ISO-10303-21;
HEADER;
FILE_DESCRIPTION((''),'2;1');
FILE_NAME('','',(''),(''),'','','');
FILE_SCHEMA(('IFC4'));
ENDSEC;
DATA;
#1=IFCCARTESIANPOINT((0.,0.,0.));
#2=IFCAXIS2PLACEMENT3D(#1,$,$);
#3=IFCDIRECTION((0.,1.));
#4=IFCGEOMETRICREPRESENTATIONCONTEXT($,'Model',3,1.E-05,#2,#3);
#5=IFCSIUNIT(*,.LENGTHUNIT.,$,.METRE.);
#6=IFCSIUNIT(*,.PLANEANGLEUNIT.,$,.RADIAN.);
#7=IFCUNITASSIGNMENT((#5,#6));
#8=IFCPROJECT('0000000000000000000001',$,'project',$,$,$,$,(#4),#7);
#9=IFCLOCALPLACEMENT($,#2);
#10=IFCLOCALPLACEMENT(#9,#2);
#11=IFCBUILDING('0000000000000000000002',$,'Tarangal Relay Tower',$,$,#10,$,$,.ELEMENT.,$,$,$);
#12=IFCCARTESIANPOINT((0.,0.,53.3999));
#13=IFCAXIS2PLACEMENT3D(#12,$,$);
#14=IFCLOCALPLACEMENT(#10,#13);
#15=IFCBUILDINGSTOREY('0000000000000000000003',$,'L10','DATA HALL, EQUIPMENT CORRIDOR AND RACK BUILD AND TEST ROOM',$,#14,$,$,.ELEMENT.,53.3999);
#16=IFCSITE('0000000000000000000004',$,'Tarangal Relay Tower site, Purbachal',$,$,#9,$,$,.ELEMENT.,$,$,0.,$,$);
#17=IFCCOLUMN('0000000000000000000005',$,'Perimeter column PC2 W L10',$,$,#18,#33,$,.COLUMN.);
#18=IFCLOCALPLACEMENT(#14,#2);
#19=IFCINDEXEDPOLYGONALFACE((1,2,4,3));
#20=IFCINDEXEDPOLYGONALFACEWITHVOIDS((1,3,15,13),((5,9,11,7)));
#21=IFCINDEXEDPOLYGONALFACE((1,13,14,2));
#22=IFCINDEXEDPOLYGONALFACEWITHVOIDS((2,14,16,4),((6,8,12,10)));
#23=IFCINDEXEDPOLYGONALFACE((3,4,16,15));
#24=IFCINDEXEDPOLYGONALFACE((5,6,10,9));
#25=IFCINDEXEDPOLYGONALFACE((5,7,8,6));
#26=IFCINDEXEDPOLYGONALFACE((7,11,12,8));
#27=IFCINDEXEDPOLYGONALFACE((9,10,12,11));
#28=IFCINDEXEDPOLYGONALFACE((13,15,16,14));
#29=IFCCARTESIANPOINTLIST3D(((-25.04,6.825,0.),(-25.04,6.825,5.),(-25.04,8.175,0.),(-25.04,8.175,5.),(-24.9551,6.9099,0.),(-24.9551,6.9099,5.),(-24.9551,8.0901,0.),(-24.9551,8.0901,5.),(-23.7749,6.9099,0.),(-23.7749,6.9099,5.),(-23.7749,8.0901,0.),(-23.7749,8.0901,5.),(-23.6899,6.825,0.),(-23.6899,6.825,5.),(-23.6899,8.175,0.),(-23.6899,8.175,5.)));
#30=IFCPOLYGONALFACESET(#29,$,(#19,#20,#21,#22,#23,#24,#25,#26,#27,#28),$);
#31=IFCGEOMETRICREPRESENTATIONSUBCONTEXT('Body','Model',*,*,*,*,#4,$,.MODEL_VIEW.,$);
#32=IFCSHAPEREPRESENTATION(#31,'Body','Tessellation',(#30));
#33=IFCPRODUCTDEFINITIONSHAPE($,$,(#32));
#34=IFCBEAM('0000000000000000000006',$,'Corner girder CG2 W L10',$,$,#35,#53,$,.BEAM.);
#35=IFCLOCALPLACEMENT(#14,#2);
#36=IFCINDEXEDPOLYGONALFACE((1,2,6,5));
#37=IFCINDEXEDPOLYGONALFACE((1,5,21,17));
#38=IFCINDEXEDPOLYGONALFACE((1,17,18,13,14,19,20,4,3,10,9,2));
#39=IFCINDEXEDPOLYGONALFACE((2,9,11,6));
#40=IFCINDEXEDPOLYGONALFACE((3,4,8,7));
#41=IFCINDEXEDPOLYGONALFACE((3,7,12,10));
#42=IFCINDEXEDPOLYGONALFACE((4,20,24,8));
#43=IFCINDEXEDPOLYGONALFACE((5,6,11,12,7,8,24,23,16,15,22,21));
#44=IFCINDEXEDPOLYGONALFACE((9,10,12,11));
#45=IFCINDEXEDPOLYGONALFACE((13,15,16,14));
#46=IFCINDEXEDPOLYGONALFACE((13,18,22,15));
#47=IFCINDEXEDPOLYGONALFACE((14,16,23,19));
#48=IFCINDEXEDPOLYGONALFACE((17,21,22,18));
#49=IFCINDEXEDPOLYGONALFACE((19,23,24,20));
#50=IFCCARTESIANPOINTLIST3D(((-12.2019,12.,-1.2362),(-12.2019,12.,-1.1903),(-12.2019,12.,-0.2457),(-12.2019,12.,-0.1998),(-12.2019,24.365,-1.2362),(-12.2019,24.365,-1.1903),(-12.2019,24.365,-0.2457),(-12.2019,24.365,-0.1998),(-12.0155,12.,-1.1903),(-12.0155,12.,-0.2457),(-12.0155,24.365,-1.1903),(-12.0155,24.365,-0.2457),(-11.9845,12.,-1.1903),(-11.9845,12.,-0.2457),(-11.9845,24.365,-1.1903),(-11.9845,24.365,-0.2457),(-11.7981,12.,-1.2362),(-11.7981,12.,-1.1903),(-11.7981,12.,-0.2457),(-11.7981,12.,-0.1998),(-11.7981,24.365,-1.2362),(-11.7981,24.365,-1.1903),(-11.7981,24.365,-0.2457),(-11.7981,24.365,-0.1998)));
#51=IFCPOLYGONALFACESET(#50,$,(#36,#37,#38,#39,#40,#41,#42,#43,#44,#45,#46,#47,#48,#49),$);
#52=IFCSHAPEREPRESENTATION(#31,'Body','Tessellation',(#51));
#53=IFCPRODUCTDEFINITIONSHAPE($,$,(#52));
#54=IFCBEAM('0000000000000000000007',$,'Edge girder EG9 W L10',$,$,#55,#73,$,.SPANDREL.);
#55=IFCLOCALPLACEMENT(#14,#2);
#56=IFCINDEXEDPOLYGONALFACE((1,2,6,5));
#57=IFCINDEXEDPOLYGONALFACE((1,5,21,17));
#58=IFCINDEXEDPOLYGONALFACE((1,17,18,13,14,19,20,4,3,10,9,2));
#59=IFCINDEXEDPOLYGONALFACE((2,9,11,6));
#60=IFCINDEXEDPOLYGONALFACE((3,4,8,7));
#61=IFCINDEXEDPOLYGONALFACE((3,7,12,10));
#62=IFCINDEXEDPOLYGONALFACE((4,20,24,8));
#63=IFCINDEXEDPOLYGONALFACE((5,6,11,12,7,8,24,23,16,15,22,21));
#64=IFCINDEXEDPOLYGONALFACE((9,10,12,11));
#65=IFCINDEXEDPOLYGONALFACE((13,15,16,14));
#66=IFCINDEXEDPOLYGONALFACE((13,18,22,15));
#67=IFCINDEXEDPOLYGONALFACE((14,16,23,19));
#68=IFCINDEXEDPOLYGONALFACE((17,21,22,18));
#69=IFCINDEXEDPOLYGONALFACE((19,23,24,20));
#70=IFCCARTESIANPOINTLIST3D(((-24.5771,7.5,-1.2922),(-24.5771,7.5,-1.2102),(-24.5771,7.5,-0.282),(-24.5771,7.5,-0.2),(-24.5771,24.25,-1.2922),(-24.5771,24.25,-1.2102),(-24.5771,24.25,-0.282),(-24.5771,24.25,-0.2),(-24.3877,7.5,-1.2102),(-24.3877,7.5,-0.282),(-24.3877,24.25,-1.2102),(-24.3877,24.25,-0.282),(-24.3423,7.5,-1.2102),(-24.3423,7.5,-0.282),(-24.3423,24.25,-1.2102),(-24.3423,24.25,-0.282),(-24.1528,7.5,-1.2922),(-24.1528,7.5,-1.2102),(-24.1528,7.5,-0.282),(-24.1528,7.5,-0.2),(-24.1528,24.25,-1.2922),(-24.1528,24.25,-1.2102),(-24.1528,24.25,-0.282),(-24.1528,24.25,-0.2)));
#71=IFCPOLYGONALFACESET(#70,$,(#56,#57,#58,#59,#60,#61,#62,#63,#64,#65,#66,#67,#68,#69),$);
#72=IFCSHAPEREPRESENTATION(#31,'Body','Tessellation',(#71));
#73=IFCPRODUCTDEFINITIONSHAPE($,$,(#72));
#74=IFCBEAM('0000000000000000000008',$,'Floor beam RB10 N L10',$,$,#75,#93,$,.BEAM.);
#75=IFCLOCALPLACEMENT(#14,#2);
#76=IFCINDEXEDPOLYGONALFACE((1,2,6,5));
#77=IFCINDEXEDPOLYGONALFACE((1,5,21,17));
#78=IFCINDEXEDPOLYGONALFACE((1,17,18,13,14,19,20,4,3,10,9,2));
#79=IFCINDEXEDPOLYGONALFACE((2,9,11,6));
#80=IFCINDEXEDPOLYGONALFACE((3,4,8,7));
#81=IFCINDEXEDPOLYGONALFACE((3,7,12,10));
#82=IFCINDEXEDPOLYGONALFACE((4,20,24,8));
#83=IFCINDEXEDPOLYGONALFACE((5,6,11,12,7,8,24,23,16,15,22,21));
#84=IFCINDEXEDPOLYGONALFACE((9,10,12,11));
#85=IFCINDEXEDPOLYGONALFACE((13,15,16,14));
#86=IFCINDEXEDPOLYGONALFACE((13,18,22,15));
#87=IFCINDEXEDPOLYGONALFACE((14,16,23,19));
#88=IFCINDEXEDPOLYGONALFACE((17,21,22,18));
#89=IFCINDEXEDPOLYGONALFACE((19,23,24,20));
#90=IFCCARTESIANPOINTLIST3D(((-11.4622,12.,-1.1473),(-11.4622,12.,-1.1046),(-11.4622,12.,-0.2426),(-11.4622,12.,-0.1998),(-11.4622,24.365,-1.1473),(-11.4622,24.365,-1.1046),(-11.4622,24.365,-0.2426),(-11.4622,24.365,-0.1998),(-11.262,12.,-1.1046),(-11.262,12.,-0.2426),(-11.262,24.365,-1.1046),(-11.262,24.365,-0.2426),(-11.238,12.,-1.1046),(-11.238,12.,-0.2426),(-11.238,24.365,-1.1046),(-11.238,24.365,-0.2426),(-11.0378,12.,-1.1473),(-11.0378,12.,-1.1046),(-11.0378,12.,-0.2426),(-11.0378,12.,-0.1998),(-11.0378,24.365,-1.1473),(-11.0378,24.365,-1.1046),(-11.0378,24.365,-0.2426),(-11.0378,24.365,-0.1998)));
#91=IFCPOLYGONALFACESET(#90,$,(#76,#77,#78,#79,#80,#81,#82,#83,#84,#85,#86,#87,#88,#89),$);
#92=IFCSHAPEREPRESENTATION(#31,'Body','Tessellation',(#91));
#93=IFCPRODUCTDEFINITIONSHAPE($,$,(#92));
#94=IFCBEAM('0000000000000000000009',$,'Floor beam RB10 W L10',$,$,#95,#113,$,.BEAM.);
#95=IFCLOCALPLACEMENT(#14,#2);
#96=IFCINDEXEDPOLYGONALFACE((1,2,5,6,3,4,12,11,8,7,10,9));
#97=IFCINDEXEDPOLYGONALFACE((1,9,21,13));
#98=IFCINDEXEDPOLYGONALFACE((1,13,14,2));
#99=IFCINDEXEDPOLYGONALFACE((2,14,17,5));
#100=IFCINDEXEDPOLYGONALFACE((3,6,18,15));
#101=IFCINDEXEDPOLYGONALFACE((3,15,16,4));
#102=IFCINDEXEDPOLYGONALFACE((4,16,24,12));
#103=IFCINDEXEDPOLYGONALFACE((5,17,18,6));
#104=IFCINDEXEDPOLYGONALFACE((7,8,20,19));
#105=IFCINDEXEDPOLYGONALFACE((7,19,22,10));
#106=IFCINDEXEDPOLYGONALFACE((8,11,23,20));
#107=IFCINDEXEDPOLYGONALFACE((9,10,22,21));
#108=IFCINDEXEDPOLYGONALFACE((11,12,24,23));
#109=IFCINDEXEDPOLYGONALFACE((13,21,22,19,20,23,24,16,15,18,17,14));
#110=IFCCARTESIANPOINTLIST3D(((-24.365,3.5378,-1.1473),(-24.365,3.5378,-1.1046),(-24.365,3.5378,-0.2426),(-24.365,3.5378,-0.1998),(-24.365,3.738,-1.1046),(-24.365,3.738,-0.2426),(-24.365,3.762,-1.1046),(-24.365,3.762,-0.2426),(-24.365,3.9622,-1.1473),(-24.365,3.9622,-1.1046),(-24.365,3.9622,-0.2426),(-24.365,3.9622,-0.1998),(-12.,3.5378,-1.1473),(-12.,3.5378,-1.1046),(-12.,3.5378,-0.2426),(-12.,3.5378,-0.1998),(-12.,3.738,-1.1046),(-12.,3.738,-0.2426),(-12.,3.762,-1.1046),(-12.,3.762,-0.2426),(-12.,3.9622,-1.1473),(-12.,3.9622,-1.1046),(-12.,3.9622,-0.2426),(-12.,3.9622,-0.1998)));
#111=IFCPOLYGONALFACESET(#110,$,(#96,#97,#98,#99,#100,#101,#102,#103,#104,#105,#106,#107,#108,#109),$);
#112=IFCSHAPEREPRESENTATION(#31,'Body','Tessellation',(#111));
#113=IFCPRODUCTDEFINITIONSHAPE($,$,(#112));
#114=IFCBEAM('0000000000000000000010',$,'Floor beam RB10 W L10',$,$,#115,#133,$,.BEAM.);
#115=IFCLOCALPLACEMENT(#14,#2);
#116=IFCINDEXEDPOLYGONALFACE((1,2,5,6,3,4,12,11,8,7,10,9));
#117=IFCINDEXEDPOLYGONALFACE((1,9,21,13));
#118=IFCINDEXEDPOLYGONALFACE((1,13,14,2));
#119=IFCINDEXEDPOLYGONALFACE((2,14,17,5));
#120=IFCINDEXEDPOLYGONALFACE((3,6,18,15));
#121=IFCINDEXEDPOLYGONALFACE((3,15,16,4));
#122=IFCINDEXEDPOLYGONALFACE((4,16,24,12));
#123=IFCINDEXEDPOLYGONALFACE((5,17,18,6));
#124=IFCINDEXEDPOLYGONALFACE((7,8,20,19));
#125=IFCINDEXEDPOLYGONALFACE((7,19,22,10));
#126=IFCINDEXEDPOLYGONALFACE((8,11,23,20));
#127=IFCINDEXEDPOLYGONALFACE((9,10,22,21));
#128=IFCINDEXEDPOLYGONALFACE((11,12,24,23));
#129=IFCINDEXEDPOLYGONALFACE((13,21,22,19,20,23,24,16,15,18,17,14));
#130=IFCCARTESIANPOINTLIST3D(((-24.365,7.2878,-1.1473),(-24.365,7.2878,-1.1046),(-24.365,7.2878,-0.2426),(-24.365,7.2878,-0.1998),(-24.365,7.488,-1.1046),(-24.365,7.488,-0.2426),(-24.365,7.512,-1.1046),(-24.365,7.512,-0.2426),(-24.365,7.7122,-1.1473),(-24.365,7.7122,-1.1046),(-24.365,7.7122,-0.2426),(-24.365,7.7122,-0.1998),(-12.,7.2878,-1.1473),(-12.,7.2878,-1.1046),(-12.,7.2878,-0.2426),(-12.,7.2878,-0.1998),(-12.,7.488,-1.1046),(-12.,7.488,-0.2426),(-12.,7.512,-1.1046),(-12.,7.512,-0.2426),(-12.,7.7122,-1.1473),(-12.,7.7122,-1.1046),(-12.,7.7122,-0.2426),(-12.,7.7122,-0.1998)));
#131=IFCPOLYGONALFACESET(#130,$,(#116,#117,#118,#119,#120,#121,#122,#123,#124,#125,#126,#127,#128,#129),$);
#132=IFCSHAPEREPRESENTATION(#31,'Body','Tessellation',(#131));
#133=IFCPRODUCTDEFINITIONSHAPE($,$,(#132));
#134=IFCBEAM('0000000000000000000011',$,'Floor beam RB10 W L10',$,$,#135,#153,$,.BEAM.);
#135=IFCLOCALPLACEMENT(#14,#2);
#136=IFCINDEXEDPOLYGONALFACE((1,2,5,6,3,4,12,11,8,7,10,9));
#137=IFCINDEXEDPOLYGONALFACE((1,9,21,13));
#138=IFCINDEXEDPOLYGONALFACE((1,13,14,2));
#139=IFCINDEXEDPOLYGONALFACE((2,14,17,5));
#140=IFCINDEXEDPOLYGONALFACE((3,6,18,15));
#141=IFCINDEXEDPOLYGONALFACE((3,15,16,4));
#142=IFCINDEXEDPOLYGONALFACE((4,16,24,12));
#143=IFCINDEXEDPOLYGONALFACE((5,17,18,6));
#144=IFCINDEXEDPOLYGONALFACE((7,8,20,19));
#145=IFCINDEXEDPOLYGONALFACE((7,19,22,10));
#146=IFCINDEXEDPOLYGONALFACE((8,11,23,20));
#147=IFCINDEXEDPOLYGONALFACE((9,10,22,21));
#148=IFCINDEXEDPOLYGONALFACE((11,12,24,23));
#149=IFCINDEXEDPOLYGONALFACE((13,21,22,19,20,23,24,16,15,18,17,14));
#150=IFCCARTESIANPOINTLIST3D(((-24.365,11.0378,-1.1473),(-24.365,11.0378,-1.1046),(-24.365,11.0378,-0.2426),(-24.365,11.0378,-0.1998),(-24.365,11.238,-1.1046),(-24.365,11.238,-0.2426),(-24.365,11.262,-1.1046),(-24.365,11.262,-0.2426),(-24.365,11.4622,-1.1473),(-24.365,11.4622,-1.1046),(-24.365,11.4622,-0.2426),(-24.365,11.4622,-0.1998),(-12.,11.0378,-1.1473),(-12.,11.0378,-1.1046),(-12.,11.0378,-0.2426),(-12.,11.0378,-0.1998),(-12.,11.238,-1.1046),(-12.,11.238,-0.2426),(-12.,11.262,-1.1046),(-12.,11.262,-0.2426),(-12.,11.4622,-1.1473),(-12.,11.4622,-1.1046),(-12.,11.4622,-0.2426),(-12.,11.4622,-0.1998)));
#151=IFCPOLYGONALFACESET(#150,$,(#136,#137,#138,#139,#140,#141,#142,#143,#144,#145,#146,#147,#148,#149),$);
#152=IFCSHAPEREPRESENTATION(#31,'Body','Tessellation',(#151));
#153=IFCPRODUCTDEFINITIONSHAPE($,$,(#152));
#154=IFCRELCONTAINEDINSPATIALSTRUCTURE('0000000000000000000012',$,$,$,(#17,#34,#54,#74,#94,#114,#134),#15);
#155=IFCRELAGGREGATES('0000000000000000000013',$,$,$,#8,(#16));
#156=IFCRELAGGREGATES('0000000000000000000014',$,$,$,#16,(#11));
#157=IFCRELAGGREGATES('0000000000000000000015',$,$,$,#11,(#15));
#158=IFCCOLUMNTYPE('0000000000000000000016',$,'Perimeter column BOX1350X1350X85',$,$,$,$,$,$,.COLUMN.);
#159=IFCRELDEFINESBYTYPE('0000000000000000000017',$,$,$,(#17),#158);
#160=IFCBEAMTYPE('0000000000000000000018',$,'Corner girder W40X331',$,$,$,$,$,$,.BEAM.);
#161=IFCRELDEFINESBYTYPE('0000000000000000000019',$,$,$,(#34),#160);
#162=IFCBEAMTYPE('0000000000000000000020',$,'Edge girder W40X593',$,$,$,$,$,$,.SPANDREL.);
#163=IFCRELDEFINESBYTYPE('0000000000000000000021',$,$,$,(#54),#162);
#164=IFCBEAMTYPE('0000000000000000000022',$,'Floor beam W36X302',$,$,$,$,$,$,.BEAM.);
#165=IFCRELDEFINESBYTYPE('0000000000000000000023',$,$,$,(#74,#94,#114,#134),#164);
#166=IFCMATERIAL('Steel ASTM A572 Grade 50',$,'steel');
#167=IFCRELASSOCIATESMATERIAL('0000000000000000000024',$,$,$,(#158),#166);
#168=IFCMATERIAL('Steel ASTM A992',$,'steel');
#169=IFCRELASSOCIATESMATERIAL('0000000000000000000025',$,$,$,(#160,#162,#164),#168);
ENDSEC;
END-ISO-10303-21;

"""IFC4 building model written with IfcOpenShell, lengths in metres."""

from ifc_helpers import new_model, si_unit, direction, frame, origin, origin_2d, place, context, subcontext, project, spatial, hollow_rectangle, i_section, extrude, material, material_profile, profile_set, type_object, element, save


model = new_model("IFC4")

# Units and contexts
model_context = context("Model", 3, precision=1e-05, world=origin(), true_north=direction((0.0, 1.0)))
body_context = subcontext(model_context, "Body", "Model", "MODEL_VIEW")
ifc_project = project(units=[si_unit("LENGTHUNIT", "METRE"), si_unit("PLANEANGLEUNIT", "RADIAN")], contexts=[model_context])

# Site, building, storey
site_placement = place(None, origin())
site = spatial("IfcSite", under=ifc_project, at=site_placement, Name="Tarangal Relay Tower site, Purbachal", CompositionType="ELEMENT", RefElevation=0.0)
building_placement = place(site_placement, origin())
building = spatial("IfcBuilding", under=site, at=building_placement, Name="Tarangal Relay Tower", CompositionType="ELEMENT")
storey_placement = place(building_placement, frame((0.0, 0.0, 53.3999)))
storey = spatial("IfcBuildingStorey", under=building, at=storey_placement, Name="L10", Description="DATA HALL, EQUIPMENT CORRIDOR AND RACK BUILD AND TEST ROOM", CompositionType="ELEMENT", Elevation=53.3999)

# Column
ifc_material_1 = material(Name="Steel ASTM A572 Grade 50", Category="steel")
ifc_material_profile_1 = material_profile(ifc_material_1, hollow_rectangle(XDim=1.3501, YDim=1.3501, WallThickness=0.085, at=origin_2d()), Name="BOX1350X1350X85")
ifc_profile_set_1 = profile_set([ifc_material_profile_1], Name="Steel ASTM A572 Grade 50")
column_type = type_object("IfcColumnType", Name="Perimeter column BOX1350X1350X85", PredefinedType="COLUMN", material=ifc_profile_set_1)
column_placement = place(storey_placement, frame((-24.365, 7.5, 0.0), z_axis=(0.0, 0.0, 1.0), x_axis=(1.0, 0.0, 0.0)))
element("IfcColumn", 1, at=column_placement, inside=storey, type_object=column_type, Name="Perimeter column PC2 W L10", PredefinedType="COLUMN", context=body_context, shape_type="SweptSolid", body=[
    extrude(hollow_rectangle(XDim=1.3501, YDim=1.3501, WallThickness=0.085, at=origin_2d()), origin(), (0.0, 0.0, 1.0), 5.0),
])

# Beams
ifc_material_2 = material(Name="Steel ASTM A992", Category="steel")
ifc_material_profile_2 = material_profile(ifc_material_2, i_section(OverallWidth=0.4038, OverallDepth=1.0364, WebThickness=0.031, FlangeThickness=0.0459, at=origin_2d()), Name="W40X331")
ifc_profile_set_2 = profile_set([ifc_material_profile_2], Name="Steel ASTM A992")
beam_type_1 = type_object("IfcBeamType", Name="Corner girder W40X331", PredefinedType="BEAM", material=ifc_profile_set_2)
beam_1_placement = place(storey_placement, frame((-12.0, 12.0, -0.718), z_axis=(0.0, 1.0, 0.0), x_axis=(-1.0, 0.0, 0.0)))
element("IfcBeam", 2, at=beam_1_placement, inside=storey, type_object=beam_type_1, Name="Corner girder CG2 W L10", PredefinedType="BEAM", context=body_context, shape_type="SweptSolid", body=[
    extrude(i_section(OverallWidth=0.4038, OverallDepth=1.0364, WebThickness=0.031, FlangeThickness=0.0459, at=origin_2d()), origin(), (0.0, 0.0, 1.0), 12.365),
])
ifc_material_profile_3 = material_profile(ifc_material_2, i_section(OverallWidth=0.4243, OverallDepth=1.0923, WebThickness=0.0454, FlangeThickness=0.082, at=origin_2d()), Name="W40X593")
ifc_profile_set_3 = profile_set([ifc_material_profile_3], Name="Steel ASTM A992")
beam_type_2 = type_object("IfcBeamType", Name="Edge girder W40X593", PredefinedType="SPANDREL", material=ifc_profile_set_3)
beam_2_placement = place(storey_placement, frame((-24.365, 7.5, -0.7461), z_axis=(0.0, 1.0, 0.0), x_axis=(-1.0, 0.0, 0.0)))
element("IfcBeam", 3, at=beam_2_placement, inside=storey, type_object=beam_type_2, Name="Edge girder EG9 W L10", PredefinedType="SPANDREL", context=body_context, shape_type="SweptSolid", body=[
    extrude(i_section(OverallWidth=0.4243, OverallDepth=1.0923, WebThickness=0.0454, FlangeThickness=0.082, at=origin_2d()), origin(), (0.0, 0.0, 1.0), 16.75),
])
ifc_material_profile_4 = material_profile(ifc_material_2, i_section(OverallWidth=0.4243, OverallDepth=0.9475, WebThickness=0.0239, FlangeThickness=0.0427, at=origin_2d()), Name="W36X302")
ifc_profile_set_4 = profile_set([ifc_material_profile_4], Name="Steel ASTM A992")
beam_type_3 = type_object("IfcBeamType", Name="Floor beam W36X302", PredefinedType="BEAM", material=ifc_profile_set_4)
for number, where, z_axis, x_axis, name in (
    (4, (-11.25, 12.0, -0.6736), (0.0, 1.0, 0.0), (-1.0, 0.0, 0.0), "Floor beam RB10 N L10"),
    (5, (-12.0, 3.75, -0.6736), (-1.0, 0.0, 0.0), (0.0, -1.0, 0.0), "Floor beam RB10 W L10"),
    (6, (-12.0, 7.5, -0.6736), (-1.0, 0.0, 0.0), (0.0, -1.0, 0.0), "Floor beam RB10 W L10"),
    (7, (-12.0, 11.25, -0.6736), (-1.0, 0.0, 0.0), (0.0, -1.0, 0.0), "Floor beam RB10 W L10"),
):
    element("IfcBeam", number, at=place(storey_placement, frame(where, z_axis=z_axis, x_axis=x_axis)), inside=storey, type_object=beam_type_3, Name=name, PredefinedType="BEAM", context=body_context, shape_type="SweptSolid", body=[
        extrude(i_section(OverallWidth=0.4243, OverallDepth=0.9475, WebThickness=0.0239, FlangeThickness=0.0427, at=origin_2d()), origin(), (0.0, 0.0, 1.0), 12.365),
    ])

save(model, "model.ifc")
